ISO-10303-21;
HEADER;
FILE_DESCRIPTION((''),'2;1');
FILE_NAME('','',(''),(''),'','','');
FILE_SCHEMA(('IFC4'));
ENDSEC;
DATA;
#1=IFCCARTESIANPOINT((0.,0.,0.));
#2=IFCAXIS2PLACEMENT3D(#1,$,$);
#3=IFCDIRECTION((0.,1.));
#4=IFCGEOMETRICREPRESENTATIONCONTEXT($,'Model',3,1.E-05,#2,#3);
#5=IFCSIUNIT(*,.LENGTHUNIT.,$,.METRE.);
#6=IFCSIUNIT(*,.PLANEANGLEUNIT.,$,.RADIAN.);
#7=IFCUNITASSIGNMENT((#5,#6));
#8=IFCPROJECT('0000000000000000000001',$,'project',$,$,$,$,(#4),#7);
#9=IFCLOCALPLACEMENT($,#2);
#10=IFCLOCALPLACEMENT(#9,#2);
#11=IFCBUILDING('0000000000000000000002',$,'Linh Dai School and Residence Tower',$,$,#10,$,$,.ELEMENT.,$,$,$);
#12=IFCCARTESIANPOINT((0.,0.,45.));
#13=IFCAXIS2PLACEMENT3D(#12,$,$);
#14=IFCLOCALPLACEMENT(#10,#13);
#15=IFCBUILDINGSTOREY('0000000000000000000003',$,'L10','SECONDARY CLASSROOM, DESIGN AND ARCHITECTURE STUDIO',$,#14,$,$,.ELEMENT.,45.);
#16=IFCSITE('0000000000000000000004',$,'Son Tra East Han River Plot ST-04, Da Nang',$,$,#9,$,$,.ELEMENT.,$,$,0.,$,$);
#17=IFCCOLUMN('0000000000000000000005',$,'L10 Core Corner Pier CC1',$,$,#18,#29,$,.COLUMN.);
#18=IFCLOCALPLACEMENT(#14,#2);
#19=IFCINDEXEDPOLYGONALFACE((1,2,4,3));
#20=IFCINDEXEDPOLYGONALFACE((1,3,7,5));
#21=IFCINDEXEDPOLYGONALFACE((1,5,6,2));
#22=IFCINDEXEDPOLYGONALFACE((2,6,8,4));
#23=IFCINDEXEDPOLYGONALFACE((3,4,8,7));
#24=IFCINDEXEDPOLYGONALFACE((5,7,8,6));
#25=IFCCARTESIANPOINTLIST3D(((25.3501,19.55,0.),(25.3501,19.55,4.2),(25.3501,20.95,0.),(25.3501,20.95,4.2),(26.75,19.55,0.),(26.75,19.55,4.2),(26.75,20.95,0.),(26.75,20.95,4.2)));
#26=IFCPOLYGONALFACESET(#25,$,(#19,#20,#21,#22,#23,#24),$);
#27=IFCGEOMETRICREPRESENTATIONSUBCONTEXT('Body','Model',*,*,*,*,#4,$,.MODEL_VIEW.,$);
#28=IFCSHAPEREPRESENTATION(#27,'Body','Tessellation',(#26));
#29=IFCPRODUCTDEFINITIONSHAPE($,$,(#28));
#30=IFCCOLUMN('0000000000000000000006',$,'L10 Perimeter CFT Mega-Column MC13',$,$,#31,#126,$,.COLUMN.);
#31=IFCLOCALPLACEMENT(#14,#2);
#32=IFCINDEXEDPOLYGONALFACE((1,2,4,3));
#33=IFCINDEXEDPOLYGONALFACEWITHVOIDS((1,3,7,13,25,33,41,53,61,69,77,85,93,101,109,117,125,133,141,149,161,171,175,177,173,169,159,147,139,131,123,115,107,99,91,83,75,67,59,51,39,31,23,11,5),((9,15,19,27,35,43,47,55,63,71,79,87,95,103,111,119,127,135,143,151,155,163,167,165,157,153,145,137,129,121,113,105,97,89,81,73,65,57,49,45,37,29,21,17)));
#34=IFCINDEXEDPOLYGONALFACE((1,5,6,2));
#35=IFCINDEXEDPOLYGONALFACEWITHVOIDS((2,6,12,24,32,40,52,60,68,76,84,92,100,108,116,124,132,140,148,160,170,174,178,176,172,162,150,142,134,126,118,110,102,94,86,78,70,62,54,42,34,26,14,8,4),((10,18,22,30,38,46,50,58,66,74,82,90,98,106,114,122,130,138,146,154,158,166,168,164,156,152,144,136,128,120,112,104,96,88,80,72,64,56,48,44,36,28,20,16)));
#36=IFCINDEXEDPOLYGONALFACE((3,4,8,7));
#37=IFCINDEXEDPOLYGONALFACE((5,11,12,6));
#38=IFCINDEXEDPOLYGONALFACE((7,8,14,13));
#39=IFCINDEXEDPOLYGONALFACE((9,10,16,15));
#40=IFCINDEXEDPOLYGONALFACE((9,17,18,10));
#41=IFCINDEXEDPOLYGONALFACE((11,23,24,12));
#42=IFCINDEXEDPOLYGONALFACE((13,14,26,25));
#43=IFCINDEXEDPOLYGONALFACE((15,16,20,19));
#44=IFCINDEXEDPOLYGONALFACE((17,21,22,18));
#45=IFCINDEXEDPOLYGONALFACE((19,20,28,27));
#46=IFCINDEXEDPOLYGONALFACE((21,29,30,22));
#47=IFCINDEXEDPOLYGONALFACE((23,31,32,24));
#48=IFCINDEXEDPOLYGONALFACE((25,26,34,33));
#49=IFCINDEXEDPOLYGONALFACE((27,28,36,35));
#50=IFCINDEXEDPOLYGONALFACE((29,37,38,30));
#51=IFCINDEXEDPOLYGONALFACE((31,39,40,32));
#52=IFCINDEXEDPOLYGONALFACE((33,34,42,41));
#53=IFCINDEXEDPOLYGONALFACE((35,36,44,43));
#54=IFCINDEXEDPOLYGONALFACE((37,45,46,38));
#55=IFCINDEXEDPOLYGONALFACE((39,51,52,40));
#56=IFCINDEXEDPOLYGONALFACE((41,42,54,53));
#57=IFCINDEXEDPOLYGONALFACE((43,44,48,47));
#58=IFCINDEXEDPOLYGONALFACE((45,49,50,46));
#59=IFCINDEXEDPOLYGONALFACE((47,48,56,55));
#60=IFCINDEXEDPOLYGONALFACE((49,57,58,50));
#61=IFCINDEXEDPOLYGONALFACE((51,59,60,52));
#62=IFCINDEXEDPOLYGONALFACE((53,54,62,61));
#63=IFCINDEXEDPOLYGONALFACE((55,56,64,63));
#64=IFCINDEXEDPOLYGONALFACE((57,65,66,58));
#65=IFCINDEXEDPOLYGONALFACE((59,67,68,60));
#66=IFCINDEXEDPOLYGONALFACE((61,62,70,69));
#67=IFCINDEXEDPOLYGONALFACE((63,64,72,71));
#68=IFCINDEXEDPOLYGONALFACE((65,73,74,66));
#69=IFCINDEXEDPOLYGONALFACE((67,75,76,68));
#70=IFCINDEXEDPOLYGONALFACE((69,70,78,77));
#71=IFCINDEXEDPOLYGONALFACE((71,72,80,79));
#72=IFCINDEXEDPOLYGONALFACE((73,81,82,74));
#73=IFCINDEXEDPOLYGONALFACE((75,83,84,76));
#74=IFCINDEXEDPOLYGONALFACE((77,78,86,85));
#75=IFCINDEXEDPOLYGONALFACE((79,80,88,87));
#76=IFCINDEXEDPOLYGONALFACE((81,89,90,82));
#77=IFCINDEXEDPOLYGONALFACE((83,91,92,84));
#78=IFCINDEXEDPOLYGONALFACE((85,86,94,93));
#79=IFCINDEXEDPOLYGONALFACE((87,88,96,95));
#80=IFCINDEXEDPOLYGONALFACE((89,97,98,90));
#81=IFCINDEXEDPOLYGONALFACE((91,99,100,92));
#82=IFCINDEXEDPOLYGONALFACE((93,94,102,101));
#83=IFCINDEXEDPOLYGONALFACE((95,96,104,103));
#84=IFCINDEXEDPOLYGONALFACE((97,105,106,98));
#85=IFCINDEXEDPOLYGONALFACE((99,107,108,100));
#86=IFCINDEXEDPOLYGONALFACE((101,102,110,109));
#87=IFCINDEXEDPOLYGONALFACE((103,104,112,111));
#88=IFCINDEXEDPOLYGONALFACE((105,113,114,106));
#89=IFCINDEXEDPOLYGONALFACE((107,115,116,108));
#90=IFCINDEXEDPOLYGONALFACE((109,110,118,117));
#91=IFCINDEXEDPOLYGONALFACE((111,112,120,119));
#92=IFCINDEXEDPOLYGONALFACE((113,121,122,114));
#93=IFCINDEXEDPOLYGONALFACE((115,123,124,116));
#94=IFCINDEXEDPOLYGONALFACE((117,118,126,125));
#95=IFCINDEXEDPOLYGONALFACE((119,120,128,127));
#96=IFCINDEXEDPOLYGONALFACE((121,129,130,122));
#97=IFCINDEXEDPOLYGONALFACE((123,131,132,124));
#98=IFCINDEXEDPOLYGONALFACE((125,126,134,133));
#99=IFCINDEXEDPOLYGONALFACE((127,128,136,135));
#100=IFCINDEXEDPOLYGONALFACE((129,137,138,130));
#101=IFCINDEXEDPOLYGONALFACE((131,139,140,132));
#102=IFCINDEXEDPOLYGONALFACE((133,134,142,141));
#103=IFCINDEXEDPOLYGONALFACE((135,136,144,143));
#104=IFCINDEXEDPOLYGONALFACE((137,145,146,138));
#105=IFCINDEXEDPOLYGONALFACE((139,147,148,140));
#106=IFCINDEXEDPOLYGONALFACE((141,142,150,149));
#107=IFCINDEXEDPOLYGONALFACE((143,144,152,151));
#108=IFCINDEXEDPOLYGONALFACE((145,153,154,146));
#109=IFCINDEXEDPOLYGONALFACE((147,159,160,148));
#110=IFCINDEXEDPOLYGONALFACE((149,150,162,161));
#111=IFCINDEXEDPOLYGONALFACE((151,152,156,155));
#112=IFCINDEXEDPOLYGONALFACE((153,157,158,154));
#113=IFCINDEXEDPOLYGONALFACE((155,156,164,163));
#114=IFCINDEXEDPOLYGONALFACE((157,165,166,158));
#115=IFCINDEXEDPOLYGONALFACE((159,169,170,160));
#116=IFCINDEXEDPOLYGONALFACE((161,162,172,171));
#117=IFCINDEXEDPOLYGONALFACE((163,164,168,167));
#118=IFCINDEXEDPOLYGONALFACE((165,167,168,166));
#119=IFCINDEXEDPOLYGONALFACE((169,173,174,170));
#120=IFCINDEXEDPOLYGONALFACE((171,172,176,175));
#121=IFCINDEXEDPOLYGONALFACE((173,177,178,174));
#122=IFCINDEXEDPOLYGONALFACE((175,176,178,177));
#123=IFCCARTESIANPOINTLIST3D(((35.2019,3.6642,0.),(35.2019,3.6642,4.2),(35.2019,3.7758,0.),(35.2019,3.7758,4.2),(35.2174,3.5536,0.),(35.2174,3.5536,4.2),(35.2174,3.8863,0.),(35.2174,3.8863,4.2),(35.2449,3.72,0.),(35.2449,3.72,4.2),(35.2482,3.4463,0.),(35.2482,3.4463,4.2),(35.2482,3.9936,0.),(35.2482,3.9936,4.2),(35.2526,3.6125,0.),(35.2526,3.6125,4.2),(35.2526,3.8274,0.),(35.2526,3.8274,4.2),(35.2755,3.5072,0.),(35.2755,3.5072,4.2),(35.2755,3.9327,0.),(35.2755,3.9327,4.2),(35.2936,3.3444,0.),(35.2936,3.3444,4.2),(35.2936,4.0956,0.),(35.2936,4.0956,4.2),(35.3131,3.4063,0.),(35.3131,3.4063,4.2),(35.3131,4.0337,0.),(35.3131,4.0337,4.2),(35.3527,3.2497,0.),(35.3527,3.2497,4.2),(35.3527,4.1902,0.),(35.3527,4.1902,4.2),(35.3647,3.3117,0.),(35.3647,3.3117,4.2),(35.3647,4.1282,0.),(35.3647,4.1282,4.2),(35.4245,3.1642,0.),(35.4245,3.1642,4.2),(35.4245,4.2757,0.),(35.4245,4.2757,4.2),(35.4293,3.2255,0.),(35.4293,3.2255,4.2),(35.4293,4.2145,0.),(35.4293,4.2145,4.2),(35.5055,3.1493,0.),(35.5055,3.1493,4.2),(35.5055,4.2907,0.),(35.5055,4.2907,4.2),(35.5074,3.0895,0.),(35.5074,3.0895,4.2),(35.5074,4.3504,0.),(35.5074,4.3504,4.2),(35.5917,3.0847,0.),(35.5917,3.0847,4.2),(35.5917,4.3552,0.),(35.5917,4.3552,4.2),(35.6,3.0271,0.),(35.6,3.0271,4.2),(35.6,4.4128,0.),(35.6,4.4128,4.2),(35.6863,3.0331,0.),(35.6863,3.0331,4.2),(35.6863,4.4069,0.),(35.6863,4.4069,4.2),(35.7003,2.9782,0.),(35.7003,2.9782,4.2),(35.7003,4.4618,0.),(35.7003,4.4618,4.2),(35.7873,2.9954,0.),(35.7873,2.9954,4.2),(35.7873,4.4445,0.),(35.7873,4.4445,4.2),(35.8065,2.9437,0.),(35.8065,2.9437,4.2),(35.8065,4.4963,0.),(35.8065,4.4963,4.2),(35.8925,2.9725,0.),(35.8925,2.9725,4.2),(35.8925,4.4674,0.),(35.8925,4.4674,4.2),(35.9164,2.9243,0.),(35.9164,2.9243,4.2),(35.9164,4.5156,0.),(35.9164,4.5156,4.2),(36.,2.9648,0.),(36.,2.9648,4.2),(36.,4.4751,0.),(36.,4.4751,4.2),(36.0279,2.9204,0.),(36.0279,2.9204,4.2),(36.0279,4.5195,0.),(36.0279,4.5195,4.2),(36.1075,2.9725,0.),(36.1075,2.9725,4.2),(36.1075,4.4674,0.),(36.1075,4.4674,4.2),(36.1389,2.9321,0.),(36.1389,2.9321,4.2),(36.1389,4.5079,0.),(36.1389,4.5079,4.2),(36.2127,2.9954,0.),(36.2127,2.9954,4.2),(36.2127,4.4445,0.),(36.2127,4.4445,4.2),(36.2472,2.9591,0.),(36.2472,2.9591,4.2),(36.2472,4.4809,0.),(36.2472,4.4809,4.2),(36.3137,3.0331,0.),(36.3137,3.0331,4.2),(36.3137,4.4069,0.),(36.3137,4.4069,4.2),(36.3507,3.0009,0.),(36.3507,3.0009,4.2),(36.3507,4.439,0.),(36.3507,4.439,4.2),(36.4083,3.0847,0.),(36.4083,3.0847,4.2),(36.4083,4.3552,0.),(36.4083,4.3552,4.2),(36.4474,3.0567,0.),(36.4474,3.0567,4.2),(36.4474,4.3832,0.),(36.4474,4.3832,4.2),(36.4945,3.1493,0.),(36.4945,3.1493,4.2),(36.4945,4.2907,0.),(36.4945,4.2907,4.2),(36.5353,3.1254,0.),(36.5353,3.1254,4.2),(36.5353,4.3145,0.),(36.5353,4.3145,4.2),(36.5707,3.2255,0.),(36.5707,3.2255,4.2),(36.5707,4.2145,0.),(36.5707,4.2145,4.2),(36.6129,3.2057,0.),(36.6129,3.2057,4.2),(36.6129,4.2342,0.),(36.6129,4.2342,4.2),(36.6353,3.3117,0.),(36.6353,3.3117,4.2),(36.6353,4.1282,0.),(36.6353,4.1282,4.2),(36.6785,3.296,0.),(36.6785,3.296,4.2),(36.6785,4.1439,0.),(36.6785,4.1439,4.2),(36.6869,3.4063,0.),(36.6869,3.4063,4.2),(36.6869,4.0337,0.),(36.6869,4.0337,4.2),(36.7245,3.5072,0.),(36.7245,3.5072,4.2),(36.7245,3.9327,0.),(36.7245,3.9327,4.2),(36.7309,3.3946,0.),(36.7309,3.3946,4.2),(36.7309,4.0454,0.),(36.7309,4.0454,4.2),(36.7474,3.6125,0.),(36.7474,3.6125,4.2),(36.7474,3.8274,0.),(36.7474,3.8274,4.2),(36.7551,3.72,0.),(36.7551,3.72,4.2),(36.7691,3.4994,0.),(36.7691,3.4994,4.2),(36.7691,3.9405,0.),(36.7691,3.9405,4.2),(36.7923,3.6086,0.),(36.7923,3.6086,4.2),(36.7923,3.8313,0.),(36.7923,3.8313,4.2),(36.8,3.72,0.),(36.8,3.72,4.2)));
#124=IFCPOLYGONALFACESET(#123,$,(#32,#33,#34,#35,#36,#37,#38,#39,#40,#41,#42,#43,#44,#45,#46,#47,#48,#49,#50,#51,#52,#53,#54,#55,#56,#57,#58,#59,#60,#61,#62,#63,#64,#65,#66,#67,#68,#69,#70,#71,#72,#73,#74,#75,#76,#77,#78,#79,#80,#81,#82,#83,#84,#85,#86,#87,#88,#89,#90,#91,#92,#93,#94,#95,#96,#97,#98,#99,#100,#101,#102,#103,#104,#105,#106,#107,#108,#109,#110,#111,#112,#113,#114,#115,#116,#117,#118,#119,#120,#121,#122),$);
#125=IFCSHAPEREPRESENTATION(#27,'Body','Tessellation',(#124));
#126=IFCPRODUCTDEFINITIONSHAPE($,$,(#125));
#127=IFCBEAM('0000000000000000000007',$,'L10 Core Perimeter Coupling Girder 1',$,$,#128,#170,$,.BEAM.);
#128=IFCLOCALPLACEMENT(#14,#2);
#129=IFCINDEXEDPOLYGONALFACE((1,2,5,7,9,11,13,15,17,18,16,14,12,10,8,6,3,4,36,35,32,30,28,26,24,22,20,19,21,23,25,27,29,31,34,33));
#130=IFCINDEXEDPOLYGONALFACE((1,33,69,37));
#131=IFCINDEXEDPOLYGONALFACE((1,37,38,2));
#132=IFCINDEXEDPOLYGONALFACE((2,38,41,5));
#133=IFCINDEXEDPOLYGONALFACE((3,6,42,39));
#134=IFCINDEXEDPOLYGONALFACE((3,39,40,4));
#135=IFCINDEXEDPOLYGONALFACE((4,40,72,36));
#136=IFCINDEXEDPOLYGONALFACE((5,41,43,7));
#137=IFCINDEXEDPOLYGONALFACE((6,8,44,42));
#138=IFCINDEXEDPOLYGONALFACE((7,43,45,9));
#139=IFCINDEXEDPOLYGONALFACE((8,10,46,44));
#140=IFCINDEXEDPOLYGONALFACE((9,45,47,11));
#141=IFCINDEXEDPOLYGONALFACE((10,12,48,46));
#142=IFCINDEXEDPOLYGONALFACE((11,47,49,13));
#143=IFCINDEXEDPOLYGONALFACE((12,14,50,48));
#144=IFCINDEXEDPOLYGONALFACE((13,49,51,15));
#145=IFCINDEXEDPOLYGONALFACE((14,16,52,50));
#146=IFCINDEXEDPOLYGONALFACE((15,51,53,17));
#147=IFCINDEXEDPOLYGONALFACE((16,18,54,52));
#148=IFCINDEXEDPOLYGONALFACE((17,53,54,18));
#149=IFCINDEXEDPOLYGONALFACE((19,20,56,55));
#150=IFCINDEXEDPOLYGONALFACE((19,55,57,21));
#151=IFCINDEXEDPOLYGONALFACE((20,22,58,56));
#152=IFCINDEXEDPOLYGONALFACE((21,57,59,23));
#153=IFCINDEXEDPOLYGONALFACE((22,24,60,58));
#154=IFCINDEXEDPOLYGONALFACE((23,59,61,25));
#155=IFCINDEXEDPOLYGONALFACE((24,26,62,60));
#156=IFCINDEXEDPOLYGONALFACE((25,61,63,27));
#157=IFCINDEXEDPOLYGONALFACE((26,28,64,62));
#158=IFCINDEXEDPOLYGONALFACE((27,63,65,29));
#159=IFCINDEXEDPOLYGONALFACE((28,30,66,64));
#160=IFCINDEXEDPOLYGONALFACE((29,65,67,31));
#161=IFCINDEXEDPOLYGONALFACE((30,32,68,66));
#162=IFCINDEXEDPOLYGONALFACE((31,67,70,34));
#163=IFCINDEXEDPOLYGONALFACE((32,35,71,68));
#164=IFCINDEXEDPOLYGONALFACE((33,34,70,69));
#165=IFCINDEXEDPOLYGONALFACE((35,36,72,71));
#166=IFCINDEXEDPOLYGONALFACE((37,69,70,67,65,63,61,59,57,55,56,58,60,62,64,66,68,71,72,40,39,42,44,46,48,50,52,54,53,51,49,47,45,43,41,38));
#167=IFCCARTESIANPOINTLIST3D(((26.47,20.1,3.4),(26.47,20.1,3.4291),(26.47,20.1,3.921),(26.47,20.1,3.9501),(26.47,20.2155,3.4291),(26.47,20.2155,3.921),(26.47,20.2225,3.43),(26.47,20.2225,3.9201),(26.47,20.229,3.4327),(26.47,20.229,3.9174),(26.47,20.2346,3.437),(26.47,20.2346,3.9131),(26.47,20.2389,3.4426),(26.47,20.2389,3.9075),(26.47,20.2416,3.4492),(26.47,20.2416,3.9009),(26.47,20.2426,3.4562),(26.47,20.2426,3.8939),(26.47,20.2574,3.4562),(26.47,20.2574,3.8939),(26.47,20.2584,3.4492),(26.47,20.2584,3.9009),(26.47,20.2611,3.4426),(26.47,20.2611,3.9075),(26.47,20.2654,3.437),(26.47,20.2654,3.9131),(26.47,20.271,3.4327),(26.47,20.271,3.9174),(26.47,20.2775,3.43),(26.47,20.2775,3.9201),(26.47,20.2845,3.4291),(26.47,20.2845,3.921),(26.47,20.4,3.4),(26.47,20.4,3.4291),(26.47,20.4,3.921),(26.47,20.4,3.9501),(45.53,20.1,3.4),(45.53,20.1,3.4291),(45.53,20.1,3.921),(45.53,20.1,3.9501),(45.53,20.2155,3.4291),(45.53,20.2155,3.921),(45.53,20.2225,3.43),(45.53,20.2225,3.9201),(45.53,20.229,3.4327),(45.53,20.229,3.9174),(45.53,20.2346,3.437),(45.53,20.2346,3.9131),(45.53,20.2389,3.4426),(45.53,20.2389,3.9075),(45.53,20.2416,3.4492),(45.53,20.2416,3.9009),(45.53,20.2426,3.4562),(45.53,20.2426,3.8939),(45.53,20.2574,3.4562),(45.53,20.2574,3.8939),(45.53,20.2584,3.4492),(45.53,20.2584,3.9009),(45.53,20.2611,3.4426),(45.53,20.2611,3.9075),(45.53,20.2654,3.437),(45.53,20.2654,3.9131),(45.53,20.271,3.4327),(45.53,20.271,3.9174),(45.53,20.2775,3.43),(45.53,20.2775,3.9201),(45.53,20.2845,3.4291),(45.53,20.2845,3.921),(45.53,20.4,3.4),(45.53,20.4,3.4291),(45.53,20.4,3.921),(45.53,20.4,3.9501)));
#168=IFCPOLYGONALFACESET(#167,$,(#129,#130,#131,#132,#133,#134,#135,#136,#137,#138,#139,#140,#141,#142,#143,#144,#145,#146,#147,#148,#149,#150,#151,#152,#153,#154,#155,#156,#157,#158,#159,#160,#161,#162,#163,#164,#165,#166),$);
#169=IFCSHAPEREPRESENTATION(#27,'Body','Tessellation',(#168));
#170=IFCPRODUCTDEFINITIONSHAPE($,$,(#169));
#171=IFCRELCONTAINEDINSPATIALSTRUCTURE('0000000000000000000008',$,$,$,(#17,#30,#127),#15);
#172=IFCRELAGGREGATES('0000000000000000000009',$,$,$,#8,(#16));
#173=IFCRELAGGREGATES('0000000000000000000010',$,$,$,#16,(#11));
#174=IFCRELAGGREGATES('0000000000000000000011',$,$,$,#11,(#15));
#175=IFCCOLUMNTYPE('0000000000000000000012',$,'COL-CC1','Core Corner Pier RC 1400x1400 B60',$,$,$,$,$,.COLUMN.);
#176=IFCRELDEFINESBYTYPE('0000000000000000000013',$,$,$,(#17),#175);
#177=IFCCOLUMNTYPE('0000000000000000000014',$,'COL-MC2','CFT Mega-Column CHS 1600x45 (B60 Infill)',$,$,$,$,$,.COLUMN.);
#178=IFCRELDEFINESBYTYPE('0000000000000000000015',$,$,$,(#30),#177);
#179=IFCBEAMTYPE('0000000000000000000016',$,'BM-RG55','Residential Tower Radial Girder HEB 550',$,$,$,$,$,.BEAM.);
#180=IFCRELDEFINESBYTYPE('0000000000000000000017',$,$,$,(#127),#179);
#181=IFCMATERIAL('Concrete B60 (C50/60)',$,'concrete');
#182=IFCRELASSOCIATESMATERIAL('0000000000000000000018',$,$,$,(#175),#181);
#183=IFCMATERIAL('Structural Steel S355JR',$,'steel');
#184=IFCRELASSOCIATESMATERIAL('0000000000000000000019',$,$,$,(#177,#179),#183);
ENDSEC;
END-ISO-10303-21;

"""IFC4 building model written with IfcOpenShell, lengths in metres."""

from ifc_helpers import new_model, si_unit, direction, frame, origin, origin_2d, place, context, subcontext, project, spatial, rectangle, hollow_circle, i_section, extrude, material, material_profile, profile_set, type_object, element, save


model = new_model("IFC4")

# Units and contexts
model_context = context("Model", 3, precision=1e-05, world=origin(), true_north=direction((0.0, 1.0)))
body_context = subcontext(model_context, "Body", "Model", "MODEL_VIEW")
ifc_project = project(units=[si_unit("LENGTHUNIT", "METRE"), si_unit("PLANEANGLEUNIT", "RADIAN")], contexts=[model_context])

# Site, building, storey
site_placement = place(None, origin())
site = spatial("IfcSite", under=ifc_project, at=site_placement, Name="Son Tra East Han River Plot ST-04, Da Nang", CompositionType="ELEMENT", RefElevation=0.0)
building_placement = place(site_placement, origin())
building = spatial("IfcBuilding", under=site, at=building_placement, Name="Linh Dai School and Residence Tower", CompositionType="ELEMENT")
storey_placement = place(building_placement, frame((0.0, 0.0, 45.0)))
storey = spatial("IfcBuildingStorey", under=building, at=storey_placement, Name="L10", Description="SECONDARY CLASSROOM, DESIGN AND ARCHITECTURE STUDIO", CompositionType="ELEMENT", Elevation=45.0)

# Columns
ifc_material_1 = material(Name="Concrete B60 (C50/60)", Category="concrete")
ifc_material_profile_1 = material_profile(ifc_material_1, rectangle(XDim=1.3999, YDim=1.3999, at=origin_2d()), Name="RC 1400x1400")
ifc_profile_set_1 = profile_set([ifc_material_profile_1], Name="Concrete B60 (C50/60)")
column_type_1 = type_object("IfcColumnType", Name="COL-CC1", Description="Core Corner Pier RC 1400x1400 B60", PredefinedType="COLUMN", material=ifc_profile_set_1)
column_1_placement = place(storey_placement, frame((26.05, 20.25, 0.0), z_axis=(0.0, 0.0, 1.0), x_axis=(1.0, 0.0, 0.0)))
element("IfcColumn", 1, at=column_1_placement, inside=storey, type_object=column_type_1, Name="L10 Core Corner Pier CC1", PredefinedType="COLUMN", context=body_context, shape_type="SweptSolid", body=[
    extrude(rectangle(XDim=1.3999, YDim=1.3999, at=origin_2d()), origin(), (0.0, 0.0, 1.0), 4.2),
])
ifc_material_2 = material(Name="Structural Steel S355JR", Category="steel")
ifc_material_profile_2 = material_profile(ifc_material_2, hollow_circle(Radius=0.8, WallThickness=0.0449, at=origin_2d()), Name="CHS 1600x45")
ifc_profile_set_2 = profile_set([ifc_material_profile_2], Name="Structural Steel S355JR")
column_type_2 = type_object("IfcColumnType", Name="COL-MC2", Description="CFT Mega-Column CHS 1600x45 (B60 Infill)", PredefinedType="COLUMN", material=ifc_profile_set_2)
column_2_placement = place(storey_placement, frame((36.0, 3.72, 0.0), z_axis=(0.0, 0.0, 1.0), x_axis=(1.0, 0.0, 0.0)))
element("IfcColumn", 2, at=column_2_placement, inside=storey, type_object=column_type_2, Name="L10 Perimeter CFT Mega-Column MC13", PredefinedType="COLUMN", context=body_context, shape_type="SweptSolid", body=[
    extrude(hollow_circle(Radius=0.8, WallThickness=0.0449, at=origin_2d()), origin(), (0.0, 0.0, 1.0), 4.2),
])

# Beam
ifc_material_profile_3 = material_profile(ifc_material_2, i_section(OverallWidth=0.3, OverallDepth=0.55, WebThickness=0.0149, FlangeThickness=0.0291, FilletRadius=0.0271, at=origin_2d()), Name="HEB 550")
ifc_profile_set_3 = profile_set([ifc_material_profile_3], Name="Structural Steel S355JR")
beam_type_1 = type_object("IfcBeamType", Name="BM-RG55", Description="Residential Tower Radial Girder HEB 550", PredefinedType="BEAM", material=ifc_profile_set_3)
beam_1_placement = place(storey_placement, frame((26.47, 20.25, 3.675), z_axis=(1.0, 0.0, 0.0), x_axis=(0.0, 1.0, 0.0)))
element("IfcBeam", 3, at=beam_1_placement, inside=storey, type_object=beam_type_1, Name="L10 Core Perimeter Coupling Girder 1", PredefinedType="BEAM", context=body_context, shape_type="SweptSolid", body=[
    extrude(i_section(OverallWidth=0.3, OverallDepth=0.55, WebThickness=0.0149, FlangeThickness=0.0291, FilletRadius=0.0271, at=origin_2d()), origin(), (0.0, 0.0, 1.0), 19.0601),
])

save(model, "model.ifc")
